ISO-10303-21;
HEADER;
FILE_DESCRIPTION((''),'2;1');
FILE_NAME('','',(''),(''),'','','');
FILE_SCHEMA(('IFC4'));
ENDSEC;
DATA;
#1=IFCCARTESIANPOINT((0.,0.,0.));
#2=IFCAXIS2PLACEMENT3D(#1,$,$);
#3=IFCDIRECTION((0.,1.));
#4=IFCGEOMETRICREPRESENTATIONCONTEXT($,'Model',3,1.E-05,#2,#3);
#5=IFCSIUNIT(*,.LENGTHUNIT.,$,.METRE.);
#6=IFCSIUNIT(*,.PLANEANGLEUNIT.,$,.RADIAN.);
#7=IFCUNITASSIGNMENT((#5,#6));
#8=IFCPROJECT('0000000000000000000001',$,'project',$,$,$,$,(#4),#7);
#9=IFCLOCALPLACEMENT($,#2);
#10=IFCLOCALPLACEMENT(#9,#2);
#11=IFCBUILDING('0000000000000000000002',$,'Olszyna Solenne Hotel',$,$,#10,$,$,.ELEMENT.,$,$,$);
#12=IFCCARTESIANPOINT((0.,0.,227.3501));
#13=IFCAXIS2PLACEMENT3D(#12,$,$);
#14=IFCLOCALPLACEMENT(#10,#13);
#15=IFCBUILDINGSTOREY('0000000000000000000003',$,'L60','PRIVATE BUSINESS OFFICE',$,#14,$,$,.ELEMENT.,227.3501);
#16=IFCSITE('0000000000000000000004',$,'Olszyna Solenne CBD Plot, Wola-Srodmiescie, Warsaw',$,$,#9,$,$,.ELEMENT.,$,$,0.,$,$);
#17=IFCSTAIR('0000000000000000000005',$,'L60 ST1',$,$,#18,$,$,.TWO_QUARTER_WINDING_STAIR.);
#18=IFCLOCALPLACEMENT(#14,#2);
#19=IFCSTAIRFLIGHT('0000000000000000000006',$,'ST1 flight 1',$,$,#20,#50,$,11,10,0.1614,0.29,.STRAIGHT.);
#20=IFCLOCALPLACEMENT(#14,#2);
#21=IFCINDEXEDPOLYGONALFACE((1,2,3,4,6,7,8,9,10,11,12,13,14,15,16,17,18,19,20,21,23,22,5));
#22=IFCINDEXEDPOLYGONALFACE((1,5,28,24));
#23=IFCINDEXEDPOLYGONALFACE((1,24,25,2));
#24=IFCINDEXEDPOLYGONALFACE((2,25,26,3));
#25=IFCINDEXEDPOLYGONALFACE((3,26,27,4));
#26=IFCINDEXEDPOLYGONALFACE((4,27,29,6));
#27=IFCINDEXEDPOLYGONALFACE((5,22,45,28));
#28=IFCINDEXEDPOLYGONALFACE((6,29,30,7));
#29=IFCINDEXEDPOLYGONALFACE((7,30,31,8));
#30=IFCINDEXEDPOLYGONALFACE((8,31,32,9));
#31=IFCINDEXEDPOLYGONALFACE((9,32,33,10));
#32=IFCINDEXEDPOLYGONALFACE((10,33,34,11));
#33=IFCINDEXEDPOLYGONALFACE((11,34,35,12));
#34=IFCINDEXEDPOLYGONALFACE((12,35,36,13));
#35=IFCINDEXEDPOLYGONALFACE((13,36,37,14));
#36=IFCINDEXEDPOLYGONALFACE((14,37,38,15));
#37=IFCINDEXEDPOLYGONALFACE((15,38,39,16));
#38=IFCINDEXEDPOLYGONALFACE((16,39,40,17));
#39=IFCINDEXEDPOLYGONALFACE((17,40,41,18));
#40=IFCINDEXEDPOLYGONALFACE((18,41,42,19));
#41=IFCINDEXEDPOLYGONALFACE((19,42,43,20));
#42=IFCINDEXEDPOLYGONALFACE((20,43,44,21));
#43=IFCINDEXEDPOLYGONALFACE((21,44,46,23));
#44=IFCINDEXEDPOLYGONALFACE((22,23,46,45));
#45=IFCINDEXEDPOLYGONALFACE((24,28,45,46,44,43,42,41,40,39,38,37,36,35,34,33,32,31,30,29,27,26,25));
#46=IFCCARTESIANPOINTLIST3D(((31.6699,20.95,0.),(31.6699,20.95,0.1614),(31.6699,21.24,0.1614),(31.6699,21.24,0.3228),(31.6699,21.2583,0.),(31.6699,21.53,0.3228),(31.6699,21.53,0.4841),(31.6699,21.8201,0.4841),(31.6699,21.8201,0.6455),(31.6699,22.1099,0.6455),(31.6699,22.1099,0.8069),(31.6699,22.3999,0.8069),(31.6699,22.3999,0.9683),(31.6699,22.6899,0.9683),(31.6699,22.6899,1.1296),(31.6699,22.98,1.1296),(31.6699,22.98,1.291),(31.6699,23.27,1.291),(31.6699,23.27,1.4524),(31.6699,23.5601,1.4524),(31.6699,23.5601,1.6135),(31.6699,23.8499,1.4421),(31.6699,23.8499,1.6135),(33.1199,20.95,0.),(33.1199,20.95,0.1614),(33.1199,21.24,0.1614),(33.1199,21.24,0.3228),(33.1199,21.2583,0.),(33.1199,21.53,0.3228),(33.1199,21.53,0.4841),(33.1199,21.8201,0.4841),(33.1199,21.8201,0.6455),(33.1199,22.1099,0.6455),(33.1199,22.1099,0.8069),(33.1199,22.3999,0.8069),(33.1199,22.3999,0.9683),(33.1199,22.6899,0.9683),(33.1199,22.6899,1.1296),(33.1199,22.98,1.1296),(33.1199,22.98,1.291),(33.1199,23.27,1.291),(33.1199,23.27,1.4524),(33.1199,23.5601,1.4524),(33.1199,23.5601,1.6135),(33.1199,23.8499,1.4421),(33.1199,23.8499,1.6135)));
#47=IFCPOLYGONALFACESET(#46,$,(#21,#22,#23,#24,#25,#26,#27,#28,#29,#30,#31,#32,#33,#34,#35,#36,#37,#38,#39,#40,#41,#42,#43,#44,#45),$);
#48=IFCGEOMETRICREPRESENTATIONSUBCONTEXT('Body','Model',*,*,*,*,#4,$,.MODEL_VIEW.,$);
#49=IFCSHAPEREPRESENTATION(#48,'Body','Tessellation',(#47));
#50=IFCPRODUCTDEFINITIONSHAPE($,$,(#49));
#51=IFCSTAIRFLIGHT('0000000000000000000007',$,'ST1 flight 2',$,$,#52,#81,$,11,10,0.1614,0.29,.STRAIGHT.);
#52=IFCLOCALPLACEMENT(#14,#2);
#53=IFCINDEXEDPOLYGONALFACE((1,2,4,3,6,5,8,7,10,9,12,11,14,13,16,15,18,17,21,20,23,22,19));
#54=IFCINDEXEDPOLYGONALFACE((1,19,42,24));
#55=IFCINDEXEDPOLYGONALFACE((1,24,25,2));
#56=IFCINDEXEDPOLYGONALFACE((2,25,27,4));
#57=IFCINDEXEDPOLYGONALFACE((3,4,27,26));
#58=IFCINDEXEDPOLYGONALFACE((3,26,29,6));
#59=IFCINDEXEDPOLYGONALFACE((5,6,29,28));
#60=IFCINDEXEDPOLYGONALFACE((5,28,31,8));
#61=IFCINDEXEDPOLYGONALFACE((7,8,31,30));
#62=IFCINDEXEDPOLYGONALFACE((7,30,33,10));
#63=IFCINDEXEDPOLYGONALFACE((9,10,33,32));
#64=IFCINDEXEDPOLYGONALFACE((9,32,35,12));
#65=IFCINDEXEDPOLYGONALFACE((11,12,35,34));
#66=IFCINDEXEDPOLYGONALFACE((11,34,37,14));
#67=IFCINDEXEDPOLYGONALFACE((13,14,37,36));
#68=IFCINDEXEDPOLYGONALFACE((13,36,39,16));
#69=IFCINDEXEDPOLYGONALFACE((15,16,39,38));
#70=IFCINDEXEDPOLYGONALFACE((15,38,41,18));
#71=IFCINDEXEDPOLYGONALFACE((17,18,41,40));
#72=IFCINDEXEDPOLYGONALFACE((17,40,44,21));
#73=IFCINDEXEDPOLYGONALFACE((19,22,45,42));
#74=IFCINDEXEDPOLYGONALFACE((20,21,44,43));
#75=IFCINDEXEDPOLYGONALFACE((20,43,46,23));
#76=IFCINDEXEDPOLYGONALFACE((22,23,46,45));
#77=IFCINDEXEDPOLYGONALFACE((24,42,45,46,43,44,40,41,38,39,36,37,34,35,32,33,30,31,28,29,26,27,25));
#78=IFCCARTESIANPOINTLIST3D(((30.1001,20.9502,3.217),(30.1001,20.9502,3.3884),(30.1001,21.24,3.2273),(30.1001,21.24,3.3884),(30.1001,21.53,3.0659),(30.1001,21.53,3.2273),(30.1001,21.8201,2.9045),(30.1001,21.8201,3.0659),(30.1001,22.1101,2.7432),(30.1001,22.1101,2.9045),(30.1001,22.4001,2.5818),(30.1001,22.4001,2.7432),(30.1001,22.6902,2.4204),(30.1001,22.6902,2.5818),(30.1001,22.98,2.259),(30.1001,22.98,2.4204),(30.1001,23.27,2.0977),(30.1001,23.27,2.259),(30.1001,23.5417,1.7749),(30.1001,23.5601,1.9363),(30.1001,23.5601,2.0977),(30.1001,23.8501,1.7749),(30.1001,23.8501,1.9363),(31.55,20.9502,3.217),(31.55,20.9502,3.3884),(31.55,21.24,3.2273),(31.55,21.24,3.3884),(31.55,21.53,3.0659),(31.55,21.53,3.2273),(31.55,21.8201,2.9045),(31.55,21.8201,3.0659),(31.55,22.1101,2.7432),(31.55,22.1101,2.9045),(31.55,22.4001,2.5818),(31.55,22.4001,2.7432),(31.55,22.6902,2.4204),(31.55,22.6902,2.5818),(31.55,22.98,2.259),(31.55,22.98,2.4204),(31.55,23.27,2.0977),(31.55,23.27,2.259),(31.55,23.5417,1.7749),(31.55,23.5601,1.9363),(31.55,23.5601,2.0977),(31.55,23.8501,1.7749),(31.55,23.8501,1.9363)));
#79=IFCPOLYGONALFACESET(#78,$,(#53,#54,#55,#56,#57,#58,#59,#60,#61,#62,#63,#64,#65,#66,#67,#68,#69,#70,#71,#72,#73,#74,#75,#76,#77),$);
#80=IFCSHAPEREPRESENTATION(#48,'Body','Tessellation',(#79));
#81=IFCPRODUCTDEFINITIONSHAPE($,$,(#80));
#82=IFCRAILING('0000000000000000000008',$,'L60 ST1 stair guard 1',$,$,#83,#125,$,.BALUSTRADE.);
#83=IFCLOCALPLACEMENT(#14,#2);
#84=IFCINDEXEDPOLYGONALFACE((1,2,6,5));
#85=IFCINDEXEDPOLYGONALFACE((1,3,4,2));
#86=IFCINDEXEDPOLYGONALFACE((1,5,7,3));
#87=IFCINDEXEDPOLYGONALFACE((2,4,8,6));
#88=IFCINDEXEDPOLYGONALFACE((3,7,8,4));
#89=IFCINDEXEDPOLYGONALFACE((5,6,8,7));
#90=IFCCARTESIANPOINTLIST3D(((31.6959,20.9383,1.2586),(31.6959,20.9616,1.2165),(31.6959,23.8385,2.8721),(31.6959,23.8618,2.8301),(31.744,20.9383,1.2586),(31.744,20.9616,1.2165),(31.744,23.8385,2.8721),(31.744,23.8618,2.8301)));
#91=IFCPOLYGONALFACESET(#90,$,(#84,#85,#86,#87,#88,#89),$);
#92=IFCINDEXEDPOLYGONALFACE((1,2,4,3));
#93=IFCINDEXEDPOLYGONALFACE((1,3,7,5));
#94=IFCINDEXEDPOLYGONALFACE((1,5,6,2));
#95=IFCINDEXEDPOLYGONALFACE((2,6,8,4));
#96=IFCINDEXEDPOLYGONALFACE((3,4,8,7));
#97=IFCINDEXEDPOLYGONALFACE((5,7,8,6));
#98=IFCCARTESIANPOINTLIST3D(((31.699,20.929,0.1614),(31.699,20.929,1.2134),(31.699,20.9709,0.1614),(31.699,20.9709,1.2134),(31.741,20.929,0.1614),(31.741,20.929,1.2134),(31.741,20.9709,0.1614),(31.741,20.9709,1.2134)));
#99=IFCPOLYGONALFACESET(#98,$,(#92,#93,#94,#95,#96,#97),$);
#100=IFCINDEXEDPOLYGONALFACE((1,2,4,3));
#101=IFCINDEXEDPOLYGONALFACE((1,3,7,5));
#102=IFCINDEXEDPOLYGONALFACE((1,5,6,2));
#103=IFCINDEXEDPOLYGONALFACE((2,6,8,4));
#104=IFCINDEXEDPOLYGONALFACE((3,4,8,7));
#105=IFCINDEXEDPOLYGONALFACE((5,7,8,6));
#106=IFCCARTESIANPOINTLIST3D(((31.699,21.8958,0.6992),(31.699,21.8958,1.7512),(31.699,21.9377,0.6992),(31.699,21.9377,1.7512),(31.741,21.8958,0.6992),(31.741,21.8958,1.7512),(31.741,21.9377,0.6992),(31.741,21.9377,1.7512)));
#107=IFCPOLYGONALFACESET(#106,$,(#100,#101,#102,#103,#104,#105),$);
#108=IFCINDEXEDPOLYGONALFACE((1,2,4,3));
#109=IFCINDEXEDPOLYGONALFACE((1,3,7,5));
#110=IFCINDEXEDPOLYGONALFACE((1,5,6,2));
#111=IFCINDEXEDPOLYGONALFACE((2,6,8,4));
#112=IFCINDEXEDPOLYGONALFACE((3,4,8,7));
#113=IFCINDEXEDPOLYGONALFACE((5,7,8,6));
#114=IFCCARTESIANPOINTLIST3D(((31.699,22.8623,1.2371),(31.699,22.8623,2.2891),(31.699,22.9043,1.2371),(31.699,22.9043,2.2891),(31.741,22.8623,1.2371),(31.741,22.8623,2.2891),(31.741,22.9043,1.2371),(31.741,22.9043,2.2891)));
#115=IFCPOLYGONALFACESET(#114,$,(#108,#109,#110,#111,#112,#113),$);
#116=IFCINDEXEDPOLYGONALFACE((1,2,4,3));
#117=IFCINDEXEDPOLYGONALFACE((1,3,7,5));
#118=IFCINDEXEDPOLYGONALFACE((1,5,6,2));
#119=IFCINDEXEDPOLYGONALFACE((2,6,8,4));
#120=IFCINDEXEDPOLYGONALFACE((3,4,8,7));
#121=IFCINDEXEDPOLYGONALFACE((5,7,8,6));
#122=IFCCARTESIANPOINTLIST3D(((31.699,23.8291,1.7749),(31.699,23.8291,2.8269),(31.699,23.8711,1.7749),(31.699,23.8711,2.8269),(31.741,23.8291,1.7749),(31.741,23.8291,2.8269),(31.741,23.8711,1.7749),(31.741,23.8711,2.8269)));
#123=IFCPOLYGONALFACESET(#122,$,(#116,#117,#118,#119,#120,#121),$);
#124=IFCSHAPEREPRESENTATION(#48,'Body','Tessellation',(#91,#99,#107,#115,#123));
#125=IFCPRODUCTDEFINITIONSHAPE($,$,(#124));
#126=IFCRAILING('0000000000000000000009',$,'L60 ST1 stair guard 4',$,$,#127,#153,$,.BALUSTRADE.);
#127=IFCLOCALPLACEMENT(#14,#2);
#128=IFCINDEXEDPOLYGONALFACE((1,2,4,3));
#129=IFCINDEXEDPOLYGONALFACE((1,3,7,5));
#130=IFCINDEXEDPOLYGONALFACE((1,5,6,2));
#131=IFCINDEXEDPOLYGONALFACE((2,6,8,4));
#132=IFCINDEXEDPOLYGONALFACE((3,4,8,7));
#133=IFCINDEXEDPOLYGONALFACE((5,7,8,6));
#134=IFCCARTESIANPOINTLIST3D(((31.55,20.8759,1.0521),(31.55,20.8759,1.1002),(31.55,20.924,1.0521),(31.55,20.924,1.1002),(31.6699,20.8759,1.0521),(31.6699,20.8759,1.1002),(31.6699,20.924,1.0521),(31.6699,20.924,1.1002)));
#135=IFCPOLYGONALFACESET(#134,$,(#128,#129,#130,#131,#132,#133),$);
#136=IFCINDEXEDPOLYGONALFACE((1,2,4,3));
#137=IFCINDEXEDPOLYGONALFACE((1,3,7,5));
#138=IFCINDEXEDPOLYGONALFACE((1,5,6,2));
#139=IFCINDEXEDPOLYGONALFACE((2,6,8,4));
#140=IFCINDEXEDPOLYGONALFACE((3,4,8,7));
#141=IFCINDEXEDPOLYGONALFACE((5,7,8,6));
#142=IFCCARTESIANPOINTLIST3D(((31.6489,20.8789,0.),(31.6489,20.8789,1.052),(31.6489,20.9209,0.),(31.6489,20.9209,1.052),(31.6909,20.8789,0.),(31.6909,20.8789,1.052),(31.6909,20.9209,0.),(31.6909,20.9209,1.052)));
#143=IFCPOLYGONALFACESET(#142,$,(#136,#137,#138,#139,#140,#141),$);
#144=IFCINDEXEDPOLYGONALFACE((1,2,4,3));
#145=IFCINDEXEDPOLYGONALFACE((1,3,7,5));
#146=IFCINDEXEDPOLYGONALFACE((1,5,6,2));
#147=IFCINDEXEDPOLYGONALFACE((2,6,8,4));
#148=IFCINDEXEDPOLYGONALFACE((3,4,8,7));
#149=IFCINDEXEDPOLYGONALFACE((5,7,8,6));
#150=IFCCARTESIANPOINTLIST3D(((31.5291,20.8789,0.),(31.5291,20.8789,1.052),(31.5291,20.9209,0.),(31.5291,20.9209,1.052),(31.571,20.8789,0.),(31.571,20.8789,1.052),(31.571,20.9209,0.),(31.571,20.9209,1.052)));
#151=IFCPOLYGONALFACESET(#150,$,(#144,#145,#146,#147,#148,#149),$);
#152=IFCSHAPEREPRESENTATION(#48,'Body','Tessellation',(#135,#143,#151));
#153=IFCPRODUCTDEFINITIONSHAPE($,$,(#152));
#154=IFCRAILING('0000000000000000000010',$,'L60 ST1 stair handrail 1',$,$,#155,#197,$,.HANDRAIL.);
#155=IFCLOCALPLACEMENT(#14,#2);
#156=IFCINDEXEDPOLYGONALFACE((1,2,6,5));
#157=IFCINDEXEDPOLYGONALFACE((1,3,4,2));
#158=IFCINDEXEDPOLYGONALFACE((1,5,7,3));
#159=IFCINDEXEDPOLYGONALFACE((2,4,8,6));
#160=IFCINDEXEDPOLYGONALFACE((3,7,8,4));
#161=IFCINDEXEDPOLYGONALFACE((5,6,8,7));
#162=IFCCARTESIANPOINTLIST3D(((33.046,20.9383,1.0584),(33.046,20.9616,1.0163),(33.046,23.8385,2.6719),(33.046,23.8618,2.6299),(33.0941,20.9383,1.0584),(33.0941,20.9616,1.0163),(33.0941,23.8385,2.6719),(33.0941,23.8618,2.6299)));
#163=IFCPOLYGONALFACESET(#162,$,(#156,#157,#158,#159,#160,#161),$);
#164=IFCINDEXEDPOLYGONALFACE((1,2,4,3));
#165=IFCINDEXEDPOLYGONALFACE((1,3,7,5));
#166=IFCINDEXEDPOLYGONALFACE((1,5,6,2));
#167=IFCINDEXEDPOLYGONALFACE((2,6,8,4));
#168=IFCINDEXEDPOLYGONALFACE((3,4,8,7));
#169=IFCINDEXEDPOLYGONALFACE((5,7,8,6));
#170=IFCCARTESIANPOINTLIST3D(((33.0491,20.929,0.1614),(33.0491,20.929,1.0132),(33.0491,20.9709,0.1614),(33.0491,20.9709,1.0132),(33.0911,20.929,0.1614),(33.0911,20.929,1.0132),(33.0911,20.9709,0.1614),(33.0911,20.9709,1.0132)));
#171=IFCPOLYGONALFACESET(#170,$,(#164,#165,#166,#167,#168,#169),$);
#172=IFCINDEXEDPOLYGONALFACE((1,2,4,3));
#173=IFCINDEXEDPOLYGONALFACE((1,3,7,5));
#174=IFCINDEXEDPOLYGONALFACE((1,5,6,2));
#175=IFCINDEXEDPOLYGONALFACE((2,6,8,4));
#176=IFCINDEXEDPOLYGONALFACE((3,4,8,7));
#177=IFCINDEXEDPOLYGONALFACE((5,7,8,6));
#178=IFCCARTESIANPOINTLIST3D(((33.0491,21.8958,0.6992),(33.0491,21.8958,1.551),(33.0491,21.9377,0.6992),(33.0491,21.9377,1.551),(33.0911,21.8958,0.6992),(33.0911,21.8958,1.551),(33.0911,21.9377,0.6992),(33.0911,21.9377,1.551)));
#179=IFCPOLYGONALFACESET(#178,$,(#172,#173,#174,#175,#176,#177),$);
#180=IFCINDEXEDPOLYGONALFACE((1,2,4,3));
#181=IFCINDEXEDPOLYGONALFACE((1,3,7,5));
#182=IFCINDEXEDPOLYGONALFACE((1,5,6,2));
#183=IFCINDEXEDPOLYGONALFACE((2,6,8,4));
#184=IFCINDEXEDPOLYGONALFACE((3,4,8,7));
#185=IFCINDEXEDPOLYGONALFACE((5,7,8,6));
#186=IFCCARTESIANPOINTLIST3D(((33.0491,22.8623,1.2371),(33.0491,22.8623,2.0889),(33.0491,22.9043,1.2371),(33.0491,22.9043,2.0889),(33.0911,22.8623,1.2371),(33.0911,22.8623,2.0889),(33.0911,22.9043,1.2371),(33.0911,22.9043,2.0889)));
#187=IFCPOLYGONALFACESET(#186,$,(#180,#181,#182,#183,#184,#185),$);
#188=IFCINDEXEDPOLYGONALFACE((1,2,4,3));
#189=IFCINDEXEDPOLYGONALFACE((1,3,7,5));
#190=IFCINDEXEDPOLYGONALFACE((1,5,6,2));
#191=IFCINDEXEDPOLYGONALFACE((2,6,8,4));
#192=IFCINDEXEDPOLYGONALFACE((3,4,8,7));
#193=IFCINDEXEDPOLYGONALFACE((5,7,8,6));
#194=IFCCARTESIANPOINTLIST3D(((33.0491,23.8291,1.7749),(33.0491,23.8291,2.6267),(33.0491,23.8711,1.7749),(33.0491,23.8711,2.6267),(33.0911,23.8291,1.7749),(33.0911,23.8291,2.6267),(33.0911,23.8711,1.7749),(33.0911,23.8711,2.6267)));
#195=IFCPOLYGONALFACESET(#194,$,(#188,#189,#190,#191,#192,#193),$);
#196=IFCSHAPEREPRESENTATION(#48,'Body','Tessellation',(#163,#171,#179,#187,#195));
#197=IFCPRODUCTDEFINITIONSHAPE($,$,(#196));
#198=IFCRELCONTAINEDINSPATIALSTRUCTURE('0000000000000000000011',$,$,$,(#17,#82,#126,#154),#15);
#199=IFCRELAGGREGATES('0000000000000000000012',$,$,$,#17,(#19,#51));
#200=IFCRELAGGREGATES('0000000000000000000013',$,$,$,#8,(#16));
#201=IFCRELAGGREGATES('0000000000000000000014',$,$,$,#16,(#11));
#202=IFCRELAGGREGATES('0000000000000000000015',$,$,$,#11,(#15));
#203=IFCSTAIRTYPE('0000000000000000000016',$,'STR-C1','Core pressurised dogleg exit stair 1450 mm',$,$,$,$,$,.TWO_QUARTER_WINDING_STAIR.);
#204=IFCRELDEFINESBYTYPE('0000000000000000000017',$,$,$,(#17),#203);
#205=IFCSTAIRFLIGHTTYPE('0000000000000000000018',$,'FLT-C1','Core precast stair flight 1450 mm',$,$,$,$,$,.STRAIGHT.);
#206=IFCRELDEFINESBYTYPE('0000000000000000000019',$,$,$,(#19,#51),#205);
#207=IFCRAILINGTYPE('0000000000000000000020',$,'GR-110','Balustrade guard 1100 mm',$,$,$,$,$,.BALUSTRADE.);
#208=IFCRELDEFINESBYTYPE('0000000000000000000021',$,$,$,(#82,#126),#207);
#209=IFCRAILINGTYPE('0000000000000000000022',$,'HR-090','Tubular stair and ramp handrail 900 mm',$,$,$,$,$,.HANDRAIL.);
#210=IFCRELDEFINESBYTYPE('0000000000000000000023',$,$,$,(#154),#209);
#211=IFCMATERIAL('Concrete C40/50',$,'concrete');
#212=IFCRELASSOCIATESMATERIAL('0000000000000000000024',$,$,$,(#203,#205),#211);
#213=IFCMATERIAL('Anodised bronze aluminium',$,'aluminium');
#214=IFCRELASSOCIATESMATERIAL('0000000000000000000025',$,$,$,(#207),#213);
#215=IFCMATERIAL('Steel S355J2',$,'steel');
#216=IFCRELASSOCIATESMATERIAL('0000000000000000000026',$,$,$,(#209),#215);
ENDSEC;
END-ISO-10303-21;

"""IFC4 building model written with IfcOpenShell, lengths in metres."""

from ifc_helpers import new_model, si_unit, direction, frame, origin, origin_2d, place, context, subcontext, project, spatial, polyline, rectangle, outline, extrude, material, type_object, element, aggregate, save


model = new_model("IFC4")

# Units and contexts
model_context = context("Model", 3, precision=1e-05, world=origin(), true_north=direction((0.0, 1.0)))
body_context = subcontext(model_context, "Body", "Model", "MODEL_VIEW")
ifc_project = project(units=[si_unit("LENGTHUNIT", "METRE"), si_unit("PLANEANGLEUNIT", "RADIAN")], contexts=[model_context])

# Site, building, storey
site_placement = place(None, origin())
site = spatial("IfcSite", under=ifc_project, at=site_placement, Name="Olszyna Solenne CBD Plot, Wola-Srodmiescie, Warsaw", CompositionType="ELEMENT", RefElevation=0.0)
building_placement = place(site_placement, origin())
building = spatial("IfcBuilding", under=site, at=building_placement, Name="Olszyna Solenne Hotel", CompositionType="ELEMENT")
storey_placement = place(building_placement, frame((0.0, 0.0, 227.3501)))
storey = spatial("IfcBuildingStorey", under=building, at=storey_placement, Name="L60", Description="PRIVATE BUSINESS OFFICE", CompositionType="ELEMENT", Elevation=227.3501)

# Shared definitions
ifc_material_1 = material(Name="Steel S355J2", Category="steel")

# Shared definitions
ifc_material_2 = material(Name="Anodised bronze aluminium", Category="aluminium")

# Stair, stair flights
ifc_material_3 = material(Name="Concrete C40/50", Category="concrete")
stair_type = type_object("IfcStairType", Name="STR-C1", Description="Core pressurised dogleg exit stair 1450 mm", PredefinedType="TWO_QUARTER_WINDING_STAIR", material=ifc_material_3)
stair_placement = place(storey_placement, origin())
stair = element("IfcStair", 1, at=stair_placement, inside=storey, type_object=stair_type, Name="L60 ST1", PredefinedType="TWO_QUARTER_WINDING_STAIR")
stair_flight_type = type_object("IfcStairFlightType", Name="FLT-C1", Description="Core precast stair flight 1450 mm", PredefinedType="STRAIGHT", material=ifc_material_3)
stair_flight_1_placement = place(storey_placement, frame((32.395, 20.95, 0.0), z_axis=(0.0, 0.0, 1.0), x_axis=(0.0, 1.0, 0.0)))
stair_flight_1 = element("IfcStairFlight", 2, at=stair_flight_1_placement, type_object=stair_flight_type, Name="ST1 flight 1", NumberOfRisers=11, NumberOfTreads=10, PredefinedType="STRAIGHT", RiserHeight=0.1614, TreadLength=0.29, context=body_context, shape_type="SweptSolid", body=[
    extrude(outline(polyline([(0.0, 0.0), (0.0, 0.1614), (0.29, 0.1614), (0.29, 0.3228), (0.5801, 0.3228), (0.5801, 0.4841), (0.8701, 0.4841), (0.8701, 0.6455), (1.1599, 0.6455), (1.1599, 0.8069), (1.45, 0.8069), (1.45, 0.9683), (1.74, 0.9683), (1.74, 1.1296), (2.03, 1.1296), (2.03, 1.291), (2.3201, 1.291), (2.3201, 1.4524), (2.6101, 1.4524), (2.6101, 1.6135), (2.8999, 1.6135), (2.8999, 1.7749), (2.8999, 1.4421), (0.3083, 0.0), (0.0, 0.0)])), frame((0.0, 0.7251, 0.0), z_axis=(0.0, -1.0, 0.0), x_axis=(1.0, 0.0, 0.0)), (0.0, 0.0, 1.0), 1.45),
])
stair_flight_2_placement = place(storey_placement, frame((30.825, 23.8501, 1.7749), z_axis=(0.0, 0.0, 1.0), x_axis=(0.0, -1.0, 0.0)))
stair_flight_2 = element("IfcStairFlight", 3, at=stair_flight_2_placement, type_object=stair_flight_type, Name="ST1 flight 2", NumberOfRisers=11, NumberOfTreads=10, PredefinedType="STRAIGHT", RiserHeight=0.1614, TreadLength=0.29, context=body_context, shape_type="SweptSolid", body=[
    extrude(outline(polyline([(0.0, 0.0), (0.0, 0.1614), (0.29, 0.1614), (0.29, 0.3228), (0.5801, 0.3228), (0.5801, 0.4841), (0.8701, 0.4841), (0.8701, 0.6455), (1.1599, 0.6455), (1.1599, 0.8069), (1.45, 0.8069), (1.45, 0.9683), (1.74, 0.9683), (1.74, 1.1296), (2.03, 1.1296), (2.03, 1.291), (2.3201, 1.291), (2.3201, 1.4524), (2.6101, 1.4524), (2.6101, 1.6135), (2.8999, 1.6135), (2.8999, 1.7749), (2.8999, 1.4421), (0.3083, 0.0), (0.0, 0.0)])), frame((0.0, 0.7251, 0.0), z_axis=(0.0, -1.0, 0.0), x_axis=(1.0, 0.0, 0.0)), (0.0, 0.0, 1.0), 1.45),
])
aggregate(stair, [stair_flight_1, stair_flight_2])

# Railings
railing_type_1 = type_object("IfcRailingType", Name="GR-110", Description="Balustrade guard 1100 mm", PredefinedType="BALUSTRADE", material=ifc_material_2)
railing_1_placement = place(storey_placement, frame((31.72, 20.95, 0.1614)))
element("IfcRailing", 4, at=railing_1_placement, inside=storey, type_object=railing_type_1, Name="L60 ST1 stair guard 1", PredefinedType="BALUSTRADE", context=body_context, shape_type="SweptSolid", body=[
    extrude(rectangle(XDim=0.0481, YDim=0.0481, at=origin_2d()), frame((0.0, 0.0, 1.0762), z_axis=(0.0, 0.873859, 0.48618), x_axis=(-1.0, 0.0, 0.0)), (0.0, 0.0, 1.0), 3.3188),
    extrude(rectangle(XDim=0.042, YDim=0.042, at=origin_2d()), origin(), (0.0, 0.0, 1.0), 1.052),
    extrude(rectangle(XDim=0.042, YDim=0.042, at=origin_2d()), frame((0.0, 0.9668, 0.5378)), (0.0, 0.0, 1.0), 1.052),
    extrude(rectangle(XDim=0.042, YDim=0.042, at=origin_2d()), frame((0.0, 1.9333, 1.0757)), (0.0, 0.0, 1.0), 1.052),
    extrude(rectangle(XDim=0.042, YDim=0.042, at=origin_2d()), frame((0.0, 2.9001, 1.6135)), (0.0, 0.0, 1.0), 1.052),
])
railing_2_placement = place(storey_placement, frame((31.6699, 20.8999, 0.0)))
element("IfcRailing", 5, at=railing_2_placement, inside=storey, type_object=railing_type_1, Name="L60 ST1 stair guard 4", PredefinedType="BALUSTRADE", context=body_context, shape_type="SweptSolid", body=[
    extrude(rectangle(XDim=0.0481, YDim=0.0481, at=origin_2d()), frame((0.0, 0.0, 1.0762), z_axis=(-1.0, 0.0, 0.0), x_axis=(0.0, -1.0, 0.0)), (0.0, 0.0, 1.0), 0.1199),
    extrude(rectangle(XDim=0.042, YDim=0.042, at=origin_2d()), origin(), (0.0, 0.0, 1.0), 1.052),
    extrude(rectangle(XDim=0.042, YDim=0.042, at=origin_2d()), frame((-0.1199, 0.0, 0.0)), (0.0, 0.0, 1.0), 1.052),
])
railing_type_2 = type_object("IfcRailingType", Name="HR-090", Description="Tubular stair and ramp handrail 900 mm", PredefinedType="HANDRAIL", material=ifc_material_1)
railing_3_placement = place(storey_placement, frame((33.0701, 20.95, 0.1614)))
element("IfcRailing", 6, at=railing_3_placement, inside=storey, type_object=railing_type_2, Name="L60 ST1 stair handrail 1", PredefinedType="HANDRAIL", context=body_context, shape_type="SweptSolid", body=[
    extrude(rectangle(XDim=0.0481, YDim=0.0481, at=origin_2d()), frame((0.0, 0.0, 0.876), z_axis=(0.0, 0.873859, 0.48618), x_axis=(-1.0, 0.0, 0.0)), (0.0, 0.0, 1.0), 3.3188),
    extrude(rectangle(XDim=0.042, YDim=0.042, at=origin_2d()), origin(), (0.0, 0.0, 1.0), 0.8518),
    extrude(rectangle(XDim=0.042, YDim=0.042, at=origin_2d()), frame((0.0, 0.9668, 0.5378)), (0.0, 0.0, 1.0), 0.8518),
    extrude(rectangle(XDim=0.042, YDim=0.042, at=origin_2d()), frame((0.0, 1.9333, 1.0757)), (0.0, 0.0, 1.0), 0.8518),
    extrude(rectangle(XDim=0.042, YDim=0.042, at=origin_2d()), frame((0.0, 2.9001, 1.6135)), (0.0, 0.0, 1.0), 0.8518),
])

save(model, "model.ifc")
